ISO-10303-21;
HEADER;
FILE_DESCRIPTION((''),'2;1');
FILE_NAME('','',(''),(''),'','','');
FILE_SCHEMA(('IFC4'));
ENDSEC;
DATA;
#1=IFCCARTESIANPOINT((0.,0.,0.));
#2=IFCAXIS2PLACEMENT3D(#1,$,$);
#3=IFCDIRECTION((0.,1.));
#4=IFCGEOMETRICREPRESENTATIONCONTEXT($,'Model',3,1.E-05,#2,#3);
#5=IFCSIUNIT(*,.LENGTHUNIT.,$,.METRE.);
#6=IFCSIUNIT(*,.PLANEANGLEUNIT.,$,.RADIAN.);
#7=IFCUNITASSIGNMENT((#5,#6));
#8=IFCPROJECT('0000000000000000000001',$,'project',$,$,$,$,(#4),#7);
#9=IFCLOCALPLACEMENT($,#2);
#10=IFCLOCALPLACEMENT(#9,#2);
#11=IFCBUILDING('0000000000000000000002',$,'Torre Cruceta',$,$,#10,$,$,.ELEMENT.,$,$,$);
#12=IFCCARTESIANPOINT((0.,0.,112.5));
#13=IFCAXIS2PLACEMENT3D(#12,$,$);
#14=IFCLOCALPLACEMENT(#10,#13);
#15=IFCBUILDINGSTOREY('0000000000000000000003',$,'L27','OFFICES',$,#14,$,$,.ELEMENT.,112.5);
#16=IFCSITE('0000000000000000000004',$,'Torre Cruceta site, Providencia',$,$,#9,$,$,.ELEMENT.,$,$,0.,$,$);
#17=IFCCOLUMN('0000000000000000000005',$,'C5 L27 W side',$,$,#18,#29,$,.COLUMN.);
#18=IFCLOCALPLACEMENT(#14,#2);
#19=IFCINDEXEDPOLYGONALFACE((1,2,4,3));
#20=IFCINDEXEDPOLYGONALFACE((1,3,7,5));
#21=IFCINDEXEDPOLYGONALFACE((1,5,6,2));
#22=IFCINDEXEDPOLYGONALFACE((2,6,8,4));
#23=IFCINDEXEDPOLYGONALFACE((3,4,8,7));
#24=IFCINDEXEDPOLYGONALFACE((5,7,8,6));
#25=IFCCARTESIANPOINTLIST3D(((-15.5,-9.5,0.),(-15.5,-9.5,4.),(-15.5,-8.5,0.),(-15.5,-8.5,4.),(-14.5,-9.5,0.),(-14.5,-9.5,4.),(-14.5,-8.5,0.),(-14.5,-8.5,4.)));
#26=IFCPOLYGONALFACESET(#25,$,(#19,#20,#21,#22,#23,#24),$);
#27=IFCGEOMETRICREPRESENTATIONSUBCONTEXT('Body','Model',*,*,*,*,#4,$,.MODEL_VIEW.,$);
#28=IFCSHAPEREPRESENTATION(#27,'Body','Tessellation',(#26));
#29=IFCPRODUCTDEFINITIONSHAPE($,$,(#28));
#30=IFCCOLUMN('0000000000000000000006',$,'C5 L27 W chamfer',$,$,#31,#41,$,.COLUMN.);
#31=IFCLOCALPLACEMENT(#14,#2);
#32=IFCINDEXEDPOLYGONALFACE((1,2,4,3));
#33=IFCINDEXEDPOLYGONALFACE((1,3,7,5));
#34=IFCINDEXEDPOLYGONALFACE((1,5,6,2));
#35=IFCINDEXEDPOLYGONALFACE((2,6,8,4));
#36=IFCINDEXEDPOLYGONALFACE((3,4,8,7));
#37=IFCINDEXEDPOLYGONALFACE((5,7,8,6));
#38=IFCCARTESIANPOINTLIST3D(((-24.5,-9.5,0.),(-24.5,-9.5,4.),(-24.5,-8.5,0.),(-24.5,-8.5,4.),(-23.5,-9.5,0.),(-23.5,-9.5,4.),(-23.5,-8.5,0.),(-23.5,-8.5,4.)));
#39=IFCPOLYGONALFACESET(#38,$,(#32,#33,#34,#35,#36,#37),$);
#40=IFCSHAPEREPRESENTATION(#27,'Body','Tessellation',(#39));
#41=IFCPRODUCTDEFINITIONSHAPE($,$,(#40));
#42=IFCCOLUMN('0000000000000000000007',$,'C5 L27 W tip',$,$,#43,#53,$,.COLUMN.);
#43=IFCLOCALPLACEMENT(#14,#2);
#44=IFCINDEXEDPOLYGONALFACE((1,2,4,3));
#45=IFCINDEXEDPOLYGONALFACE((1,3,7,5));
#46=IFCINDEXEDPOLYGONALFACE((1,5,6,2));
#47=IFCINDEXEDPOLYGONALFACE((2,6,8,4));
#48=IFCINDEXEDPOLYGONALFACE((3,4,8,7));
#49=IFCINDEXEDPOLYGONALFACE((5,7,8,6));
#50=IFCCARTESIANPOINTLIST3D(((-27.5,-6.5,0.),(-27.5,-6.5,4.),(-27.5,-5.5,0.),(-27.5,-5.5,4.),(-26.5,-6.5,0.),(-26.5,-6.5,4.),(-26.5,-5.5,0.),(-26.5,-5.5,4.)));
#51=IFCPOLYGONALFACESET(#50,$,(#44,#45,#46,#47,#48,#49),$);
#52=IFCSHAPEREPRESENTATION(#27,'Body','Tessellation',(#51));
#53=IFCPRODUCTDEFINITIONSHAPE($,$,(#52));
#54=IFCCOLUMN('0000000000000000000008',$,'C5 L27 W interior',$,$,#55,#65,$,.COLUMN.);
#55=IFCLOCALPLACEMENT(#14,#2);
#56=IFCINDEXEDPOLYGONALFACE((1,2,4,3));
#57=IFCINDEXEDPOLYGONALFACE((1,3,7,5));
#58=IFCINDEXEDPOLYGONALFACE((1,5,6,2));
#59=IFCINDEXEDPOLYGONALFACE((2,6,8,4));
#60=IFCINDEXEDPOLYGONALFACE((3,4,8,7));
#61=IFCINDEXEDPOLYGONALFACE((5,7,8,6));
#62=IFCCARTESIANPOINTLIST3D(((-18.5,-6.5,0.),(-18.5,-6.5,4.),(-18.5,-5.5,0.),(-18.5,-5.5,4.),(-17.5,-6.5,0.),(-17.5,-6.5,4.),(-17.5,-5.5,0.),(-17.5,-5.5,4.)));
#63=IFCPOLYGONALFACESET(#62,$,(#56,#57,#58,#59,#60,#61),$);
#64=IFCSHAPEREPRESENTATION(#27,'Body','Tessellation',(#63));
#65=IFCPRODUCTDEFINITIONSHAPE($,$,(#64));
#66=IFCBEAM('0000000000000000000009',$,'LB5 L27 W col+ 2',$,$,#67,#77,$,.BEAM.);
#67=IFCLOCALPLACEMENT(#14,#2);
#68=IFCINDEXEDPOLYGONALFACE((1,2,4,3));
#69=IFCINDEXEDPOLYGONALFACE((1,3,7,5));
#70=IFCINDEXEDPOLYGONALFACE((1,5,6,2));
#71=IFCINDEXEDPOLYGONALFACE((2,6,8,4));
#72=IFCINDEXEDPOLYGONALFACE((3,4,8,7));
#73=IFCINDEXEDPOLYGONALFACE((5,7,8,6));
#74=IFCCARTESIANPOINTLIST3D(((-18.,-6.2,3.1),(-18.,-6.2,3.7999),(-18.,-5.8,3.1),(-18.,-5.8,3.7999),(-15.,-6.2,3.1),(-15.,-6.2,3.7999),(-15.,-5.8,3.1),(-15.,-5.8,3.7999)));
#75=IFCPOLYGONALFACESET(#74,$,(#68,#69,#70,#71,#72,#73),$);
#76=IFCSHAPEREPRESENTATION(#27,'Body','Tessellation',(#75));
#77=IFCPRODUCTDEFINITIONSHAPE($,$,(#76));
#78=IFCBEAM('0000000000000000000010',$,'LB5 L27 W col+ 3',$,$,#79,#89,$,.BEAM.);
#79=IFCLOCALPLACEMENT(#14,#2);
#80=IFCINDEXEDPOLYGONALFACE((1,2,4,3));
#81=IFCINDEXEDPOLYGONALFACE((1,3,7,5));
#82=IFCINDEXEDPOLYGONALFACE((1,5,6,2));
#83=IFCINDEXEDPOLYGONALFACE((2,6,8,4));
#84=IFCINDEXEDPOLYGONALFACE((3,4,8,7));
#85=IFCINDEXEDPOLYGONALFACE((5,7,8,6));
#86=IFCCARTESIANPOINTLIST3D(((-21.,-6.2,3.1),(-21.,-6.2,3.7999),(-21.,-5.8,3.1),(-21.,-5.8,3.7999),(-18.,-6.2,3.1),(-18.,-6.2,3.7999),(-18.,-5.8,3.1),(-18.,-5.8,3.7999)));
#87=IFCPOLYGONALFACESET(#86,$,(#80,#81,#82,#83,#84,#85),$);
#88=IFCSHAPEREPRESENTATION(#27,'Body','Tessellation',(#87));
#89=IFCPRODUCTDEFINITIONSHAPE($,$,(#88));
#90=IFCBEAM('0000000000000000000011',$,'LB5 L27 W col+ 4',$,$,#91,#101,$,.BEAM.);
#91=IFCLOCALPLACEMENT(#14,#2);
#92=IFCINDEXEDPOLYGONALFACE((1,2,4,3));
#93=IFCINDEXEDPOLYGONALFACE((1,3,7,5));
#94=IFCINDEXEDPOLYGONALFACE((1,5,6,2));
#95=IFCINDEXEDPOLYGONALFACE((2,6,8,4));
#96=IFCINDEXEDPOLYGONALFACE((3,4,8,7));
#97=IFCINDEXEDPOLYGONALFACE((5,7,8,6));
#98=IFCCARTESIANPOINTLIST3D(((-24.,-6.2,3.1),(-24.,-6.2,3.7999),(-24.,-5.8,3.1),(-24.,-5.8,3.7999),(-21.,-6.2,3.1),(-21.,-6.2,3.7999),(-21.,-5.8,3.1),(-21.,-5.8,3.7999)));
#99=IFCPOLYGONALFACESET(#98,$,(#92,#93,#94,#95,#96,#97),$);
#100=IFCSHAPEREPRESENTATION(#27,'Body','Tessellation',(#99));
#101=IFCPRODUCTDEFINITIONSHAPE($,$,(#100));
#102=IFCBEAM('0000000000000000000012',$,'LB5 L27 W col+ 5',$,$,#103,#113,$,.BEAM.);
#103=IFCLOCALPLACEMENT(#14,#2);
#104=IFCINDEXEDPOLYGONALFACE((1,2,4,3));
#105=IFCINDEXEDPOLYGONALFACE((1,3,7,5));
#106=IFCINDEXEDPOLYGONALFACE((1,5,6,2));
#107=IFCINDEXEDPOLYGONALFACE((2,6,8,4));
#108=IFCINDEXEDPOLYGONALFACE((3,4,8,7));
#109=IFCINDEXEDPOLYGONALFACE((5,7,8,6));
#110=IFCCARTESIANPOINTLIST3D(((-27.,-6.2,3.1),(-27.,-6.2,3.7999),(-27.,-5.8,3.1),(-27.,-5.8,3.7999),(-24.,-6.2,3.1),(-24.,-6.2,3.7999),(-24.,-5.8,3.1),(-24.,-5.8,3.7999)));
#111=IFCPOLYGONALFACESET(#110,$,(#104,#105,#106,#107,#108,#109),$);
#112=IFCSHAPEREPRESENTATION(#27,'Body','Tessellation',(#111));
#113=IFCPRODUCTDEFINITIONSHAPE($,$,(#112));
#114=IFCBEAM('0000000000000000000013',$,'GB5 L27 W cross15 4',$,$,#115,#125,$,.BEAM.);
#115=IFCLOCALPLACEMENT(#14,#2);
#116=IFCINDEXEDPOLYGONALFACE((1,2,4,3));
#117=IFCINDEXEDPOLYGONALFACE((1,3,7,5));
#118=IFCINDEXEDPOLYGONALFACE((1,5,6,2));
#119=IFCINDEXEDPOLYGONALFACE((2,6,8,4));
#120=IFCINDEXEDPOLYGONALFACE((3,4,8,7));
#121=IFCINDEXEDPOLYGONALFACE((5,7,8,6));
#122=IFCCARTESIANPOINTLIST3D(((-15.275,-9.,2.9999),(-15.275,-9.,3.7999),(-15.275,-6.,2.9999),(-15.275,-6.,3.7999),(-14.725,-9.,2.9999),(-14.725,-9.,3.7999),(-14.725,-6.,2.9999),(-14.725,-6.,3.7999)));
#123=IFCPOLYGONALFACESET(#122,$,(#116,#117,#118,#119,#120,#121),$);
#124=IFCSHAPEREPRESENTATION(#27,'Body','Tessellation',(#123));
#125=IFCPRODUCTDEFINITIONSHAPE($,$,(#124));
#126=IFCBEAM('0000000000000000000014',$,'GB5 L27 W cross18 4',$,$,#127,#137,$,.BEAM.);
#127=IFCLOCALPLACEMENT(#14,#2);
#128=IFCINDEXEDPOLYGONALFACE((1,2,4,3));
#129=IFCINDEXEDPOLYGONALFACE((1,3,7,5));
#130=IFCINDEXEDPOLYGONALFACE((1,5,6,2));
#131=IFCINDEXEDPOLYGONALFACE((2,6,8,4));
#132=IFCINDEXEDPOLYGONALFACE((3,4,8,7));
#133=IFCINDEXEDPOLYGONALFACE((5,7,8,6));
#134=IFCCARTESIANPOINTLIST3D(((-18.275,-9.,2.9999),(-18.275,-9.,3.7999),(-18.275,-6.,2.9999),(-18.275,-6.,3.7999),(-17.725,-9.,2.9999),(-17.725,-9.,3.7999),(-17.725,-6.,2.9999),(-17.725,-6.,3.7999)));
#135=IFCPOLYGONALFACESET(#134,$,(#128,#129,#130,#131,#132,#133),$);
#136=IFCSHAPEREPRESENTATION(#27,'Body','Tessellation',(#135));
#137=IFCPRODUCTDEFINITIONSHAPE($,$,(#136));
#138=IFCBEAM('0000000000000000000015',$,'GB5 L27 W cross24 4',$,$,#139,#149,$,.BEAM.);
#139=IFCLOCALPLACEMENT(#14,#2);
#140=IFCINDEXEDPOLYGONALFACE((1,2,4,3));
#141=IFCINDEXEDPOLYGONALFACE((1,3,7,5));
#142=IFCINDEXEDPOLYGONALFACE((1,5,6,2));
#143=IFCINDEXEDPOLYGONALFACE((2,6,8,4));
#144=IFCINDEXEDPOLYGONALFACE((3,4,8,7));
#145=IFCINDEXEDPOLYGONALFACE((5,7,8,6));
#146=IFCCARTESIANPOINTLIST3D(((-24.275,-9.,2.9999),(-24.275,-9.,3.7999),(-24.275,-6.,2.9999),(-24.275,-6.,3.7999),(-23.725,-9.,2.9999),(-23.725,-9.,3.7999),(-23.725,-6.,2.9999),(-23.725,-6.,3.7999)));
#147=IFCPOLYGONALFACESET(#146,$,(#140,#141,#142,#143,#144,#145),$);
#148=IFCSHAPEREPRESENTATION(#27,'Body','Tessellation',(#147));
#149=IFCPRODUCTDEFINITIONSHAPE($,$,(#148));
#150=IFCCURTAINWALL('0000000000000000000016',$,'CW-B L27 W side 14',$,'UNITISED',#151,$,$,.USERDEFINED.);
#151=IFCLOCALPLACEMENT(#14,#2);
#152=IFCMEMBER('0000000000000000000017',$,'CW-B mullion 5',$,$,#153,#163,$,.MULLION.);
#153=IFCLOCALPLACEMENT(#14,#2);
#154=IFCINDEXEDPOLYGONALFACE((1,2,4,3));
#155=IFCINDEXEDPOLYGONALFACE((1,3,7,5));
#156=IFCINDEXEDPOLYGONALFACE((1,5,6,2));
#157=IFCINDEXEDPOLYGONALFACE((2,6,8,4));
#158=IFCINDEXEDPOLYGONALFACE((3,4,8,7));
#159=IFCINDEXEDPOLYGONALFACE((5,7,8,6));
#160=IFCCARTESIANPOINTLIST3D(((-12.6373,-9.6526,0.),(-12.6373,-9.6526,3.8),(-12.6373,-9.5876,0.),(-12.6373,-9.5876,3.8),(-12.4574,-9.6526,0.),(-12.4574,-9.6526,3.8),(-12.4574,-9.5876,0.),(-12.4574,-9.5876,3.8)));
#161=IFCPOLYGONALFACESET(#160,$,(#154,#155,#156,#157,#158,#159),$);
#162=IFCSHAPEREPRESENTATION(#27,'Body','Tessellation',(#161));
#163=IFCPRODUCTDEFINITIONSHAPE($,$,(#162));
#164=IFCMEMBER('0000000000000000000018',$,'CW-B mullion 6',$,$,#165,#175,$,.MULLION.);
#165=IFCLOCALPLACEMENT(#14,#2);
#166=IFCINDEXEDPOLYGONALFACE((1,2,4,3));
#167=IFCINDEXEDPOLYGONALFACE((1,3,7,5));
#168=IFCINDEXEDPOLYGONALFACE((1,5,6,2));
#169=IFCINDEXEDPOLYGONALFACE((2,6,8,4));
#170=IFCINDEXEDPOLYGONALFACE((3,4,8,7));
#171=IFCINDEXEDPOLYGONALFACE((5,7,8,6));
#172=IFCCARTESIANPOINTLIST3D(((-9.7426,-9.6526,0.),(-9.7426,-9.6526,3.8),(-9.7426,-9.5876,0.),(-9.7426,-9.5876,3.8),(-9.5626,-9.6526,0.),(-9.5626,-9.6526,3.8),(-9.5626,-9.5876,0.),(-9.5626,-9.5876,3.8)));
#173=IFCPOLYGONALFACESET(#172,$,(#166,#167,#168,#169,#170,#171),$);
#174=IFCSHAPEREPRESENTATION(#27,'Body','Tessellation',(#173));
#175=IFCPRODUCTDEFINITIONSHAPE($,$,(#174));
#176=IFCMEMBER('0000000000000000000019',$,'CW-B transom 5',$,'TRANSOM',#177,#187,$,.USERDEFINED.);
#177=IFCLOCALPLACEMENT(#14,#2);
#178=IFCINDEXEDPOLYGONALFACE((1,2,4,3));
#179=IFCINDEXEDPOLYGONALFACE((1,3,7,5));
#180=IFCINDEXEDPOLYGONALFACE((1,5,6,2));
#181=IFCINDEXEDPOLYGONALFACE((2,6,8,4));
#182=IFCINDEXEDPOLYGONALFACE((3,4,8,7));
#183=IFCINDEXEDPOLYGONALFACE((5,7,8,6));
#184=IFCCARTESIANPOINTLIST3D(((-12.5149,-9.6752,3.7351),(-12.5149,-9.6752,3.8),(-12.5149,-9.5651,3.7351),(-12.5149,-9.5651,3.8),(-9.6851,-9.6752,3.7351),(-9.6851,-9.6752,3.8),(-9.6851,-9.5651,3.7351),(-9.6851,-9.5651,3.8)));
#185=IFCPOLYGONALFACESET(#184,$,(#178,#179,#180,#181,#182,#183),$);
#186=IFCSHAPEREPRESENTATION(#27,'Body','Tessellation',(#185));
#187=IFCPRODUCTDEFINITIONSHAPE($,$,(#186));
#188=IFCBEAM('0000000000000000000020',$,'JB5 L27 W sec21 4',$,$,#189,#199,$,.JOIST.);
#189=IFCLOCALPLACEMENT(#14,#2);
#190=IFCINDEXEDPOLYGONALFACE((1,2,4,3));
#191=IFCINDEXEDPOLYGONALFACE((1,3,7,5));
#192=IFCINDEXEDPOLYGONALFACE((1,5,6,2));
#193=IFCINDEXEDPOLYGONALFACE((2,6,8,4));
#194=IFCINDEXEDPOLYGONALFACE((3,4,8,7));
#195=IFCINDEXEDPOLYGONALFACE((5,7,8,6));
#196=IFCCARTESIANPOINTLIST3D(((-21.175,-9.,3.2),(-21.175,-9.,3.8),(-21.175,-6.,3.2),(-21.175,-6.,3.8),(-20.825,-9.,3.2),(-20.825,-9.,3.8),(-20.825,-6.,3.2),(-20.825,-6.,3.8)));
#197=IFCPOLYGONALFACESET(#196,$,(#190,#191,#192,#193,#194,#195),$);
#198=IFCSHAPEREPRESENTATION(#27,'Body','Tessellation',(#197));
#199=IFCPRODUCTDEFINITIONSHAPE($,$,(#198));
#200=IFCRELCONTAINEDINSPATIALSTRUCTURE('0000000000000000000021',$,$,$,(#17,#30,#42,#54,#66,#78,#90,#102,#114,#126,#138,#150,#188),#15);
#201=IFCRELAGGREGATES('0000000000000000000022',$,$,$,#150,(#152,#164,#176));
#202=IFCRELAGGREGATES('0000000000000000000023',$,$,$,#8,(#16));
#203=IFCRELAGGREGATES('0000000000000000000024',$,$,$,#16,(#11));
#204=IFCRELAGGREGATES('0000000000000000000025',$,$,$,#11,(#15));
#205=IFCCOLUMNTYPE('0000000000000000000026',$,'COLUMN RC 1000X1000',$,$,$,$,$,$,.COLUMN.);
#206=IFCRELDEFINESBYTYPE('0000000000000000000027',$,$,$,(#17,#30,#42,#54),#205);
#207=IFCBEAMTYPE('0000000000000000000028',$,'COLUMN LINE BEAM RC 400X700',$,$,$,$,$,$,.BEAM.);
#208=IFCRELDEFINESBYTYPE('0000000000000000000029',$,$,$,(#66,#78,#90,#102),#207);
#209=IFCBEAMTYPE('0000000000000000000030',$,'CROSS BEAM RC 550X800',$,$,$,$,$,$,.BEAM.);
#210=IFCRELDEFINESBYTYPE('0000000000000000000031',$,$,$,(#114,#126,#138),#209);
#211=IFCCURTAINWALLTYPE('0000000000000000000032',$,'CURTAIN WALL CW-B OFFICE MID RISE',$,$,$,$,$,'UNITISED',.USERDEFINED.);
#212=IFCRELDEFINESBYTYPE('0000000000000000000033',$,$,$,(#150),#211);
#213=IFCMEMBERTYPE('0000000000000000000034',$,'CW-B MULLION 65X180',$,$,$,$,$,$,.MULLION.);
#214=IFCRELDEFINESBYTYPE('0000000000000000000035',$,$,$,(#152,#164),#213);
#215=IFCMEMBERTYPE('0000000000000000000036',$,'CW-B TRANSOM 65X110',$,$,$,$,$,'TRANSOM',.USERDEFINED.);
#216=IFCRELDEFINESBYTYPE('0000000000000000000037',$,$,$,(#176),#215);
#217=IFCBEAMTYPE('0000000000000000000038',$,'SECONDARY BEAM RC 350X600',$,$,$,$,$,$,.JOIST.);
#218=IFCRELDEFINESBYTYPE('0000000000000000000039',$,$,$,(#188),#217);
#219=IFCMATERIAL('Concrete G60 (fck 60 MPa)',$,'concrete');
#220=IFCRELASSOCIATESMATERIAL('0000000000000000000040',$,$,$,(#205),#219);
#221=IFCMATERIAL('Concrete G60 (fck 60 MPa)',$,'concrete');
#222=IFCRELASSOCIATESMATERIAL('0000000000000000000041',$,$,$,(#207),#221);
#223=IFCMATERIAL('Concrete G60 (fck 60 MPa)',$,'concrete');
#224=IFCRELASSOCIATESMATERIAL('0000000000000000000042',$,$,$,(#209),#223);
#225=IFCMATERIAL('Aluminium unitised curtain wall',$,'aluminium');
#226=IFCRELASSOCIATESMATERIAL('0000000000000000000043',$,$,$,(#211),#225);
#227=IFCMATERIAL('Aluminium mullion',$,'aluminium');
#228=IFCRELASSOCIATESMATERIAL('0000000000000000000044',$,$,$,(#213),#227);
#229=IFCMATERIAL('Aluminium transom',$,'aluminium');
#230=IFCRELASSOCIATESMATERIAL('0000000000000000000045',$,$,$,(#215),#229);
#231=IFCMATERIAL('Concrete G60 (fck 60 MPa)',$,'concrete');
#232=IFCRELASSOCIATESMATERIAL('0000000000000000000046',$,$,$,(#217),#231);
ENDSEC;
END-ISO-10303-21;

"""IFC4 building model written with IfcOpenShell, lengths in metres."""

from ifc_helpers import new_model, si_unit, direction, frame, origin, origin_2d, place, context, subcontext, project, spatial, rectangle, extrude, material, material_profile, profile_set, type_object, element, aggregate, save


model = new_model("IFC4")

# Units and contexts
model_context = context("Model", 3, precision=1e-05, world=origin(), true_north=direction((0.0, 1.0)))
body_context = subcontext(model_context, "Body", "Model", "MODEL_VIEW")
ifc_project = project(units=[si_unit("LENGTHUNIT", "METRE"), si_unit("PLANEANGLEUNIT", "RADIAN")], contexts=[model_context])

# Site, building, storey
site_placement = place(None, origin())
site = spatial("IfcSite", under=ifc_project, at=site_placement, Name="Torre Cruceta site, Providencia", CompositionType="ELEMENT", RefElevation=0.0)
building_placement = place(site_placement, origin())
building = spatial("IfcBuilding", under=site, at=building_placement, Name="Torre Cruceta", CompositionType="ELEMENT")
storey_placement = place(building_placement, frame((0.0, 0.0, 112.5)))
storey = spatial("IfcBuildingStorey", under=building, at=storey_placement, Name="L27", Description="OFFICES", CompositionType="ELEMENT", Elevation=112.5)

# Columns
ifc_material_1 = material(Name="Concrete G60 (fck 60 MPa)", Category="concrete")
ifc_material_profile_1 = material_profile(ifc_material_1, rectangle(XDim=1.0, YDim=1.0, at=origin_2d()), Name="RC 1000X1000")
ifc_profile_set_1 = profile_set([ifc_material_profile_1], Name="Concrete G60 (fck 60 MPa)")
column_type = type_object("IfcColumnType", Name="COLUMN RC 1000X1000", PredefinedType="COLUMN", material=ifc_profile_set_1)
for number, where, z_axis, x_axis, name in (
    (1, (-15.0, -9.0, 0.0), (0.0, 0.0, 1.0), (1.0, 0.0, 0.0), "C5 L27 W side"),
    (2, (-24.0, -9.0, 0.0), (0.0, 0.0, 1.0), (1.0, 0.0, 0.0), "C5 L27 W chamfer"),
    (3, (-27.0, -6.0, 0.0), (0.0, 0.0, 1.0), (1.0, 0.0, 0.0), "C5 L27 W tip"),
    (4, (-18.0, -6.0, 0.0), (0.0, 0.0, 1.0), (1.0, 0.0, 0.0), "C5 L27 W interior"),
):
    element("IfcColumn", number, at=place(storey_placement, frame(where, z_axis=z_axis, x_axis=x_axis)), inside=storey, type_object=column_type, Name=name, PredefinedType="COLUMN", context=body_context, shape_type="SweptSolid", body=[
        extrude(rectangle(XDim=1.0, YDim=1.0, at=origin_2d()), origin(), (0.0, 0.0, 1.0), 4.0),
    ])

# Beams
ifc_material_2 = material(Name="Concrete G60 (fck 60 MPa)", Category="concrete")
ifc_material_profile_2 = material_profile(ifc_material_2, rectangle(XDim=0.3999, YDim=0.7, at=origin_2d()), Name="RC 400X700")
ifc_profile_set_2 = profile_set([ifc_material_profile_2], Name="Concrete G60 (fck 60 MPa)")
beam_type_1 = type_object("IfcBeamType", Name="COLUMN LINE BEAM RC 400X700", PredefinedType="BEAM", material=ifc_profile_set_2)
for number, where, z_axis, x_axis, name in (
    (5, (-15.0, -6.0, 3.45), (-1.0, 0.0, 0.0), (0.0, -1.0, 0.0), "LB5 L27 W col+ 2"),
    (6, (-18.0, -6.0, 3.45), (-1.0, 0.0, 0.0), (0.0, -1.0, 0.0), "LB5 L27 W col+ 3"),
    (7, (-21.0, -6.0, 3.45), (-1.0, 0.0, 0.0), (0.0, -1.0, 0.0), "LB5 L27 W col+ 4"),
    (8, (-24.0, -6.0, 3.45), (-1.0, 0.0, 0.0), (0.0, -1.0, 0.0), "LB5 L27 W col+ 5"),
):
    element("IfcBeam", number, at=place(storey_placement, frame(where, z_axis=z_axis, x_axis=x_axis)), inside=storey, type_object=beam_type_1, Name=name, PredefinedType="BEAM", context=body_context, shape_type="SweptSolid", body=[
        extrude(rectangle(XDim=0.3999, YDim=0.7, at=origin_2d()), origin(), (0.0, 0.0, 1.0), 3.0),
    ])
ifc_material_3 = material(Name="Concrete G60 (fck 60 MPa)", Category="concrete")
ifc_material_profile_3 = material_profile(ifc_material_3, rectangle(XDim=0.55, YDim=0.8, at=origin_2d()), Name="RC 550X800")
ifc_profile_set_3 = profile_set([ifc_material_profile_3], Name="Concrete G60 (fck 60 MPa)")
beam_type_2 = type_object("IfcBeamType", Name="CROSS BEAM RC 550X800", PredefinedType="BEAM", material=ifc_profile_set_3)
for number, where, z_axis, x_axis, name in (
    (9, (-15.0, -6.0, 3.3999), (0.0, -1.0, 0.0), (1.0, 0.0, 0.0), "GB5 L27 W cross15 4"),
    (10, (-18.0, -6.0, 3.3999), (0.0, -1.0, 0.0), (1.0, 0.0, 0.0), "GB5 L27 W cross18 4"),
    (11, (-24.0, -6.0, 3.3999), (0.0, -1.0, 0.0), (1.0, 0.0, 0.0), "GB5 L27 W cross24 4"),
):
    element("IfcBeam", number, at=place(storey_placement, frame(where, z_axis=z_axis, x_axis=x_axis)), inside=storey, type_object=beam_type_2, Name=name, PredefinedType="BEAM", context=body_context, shape_type="SweptSolid", body=[
        extrude(rectangle(XDim=0.55, YDim=0.8, at=origin_2d()), origin(), (0.0, 0.0, 1.0), 3.0),
    ])

# Curtain wall, members
ifc_material_4 = material(Name="Aluminium unitised curtain wall", Category="aluminium")
curtain_wall_type = type_object("IfcCurtainWallType", Name="CURTAIN WALL CW-B OFFICE MID RISE", ElementType="UNITISED", PredefinedType="USERDEFINED", material=ifc_material_4)
curtain_wall_placement = place(storey_placement, origin())
curtain_wall = element("IfcCurtainWall", 12, at=curtain_wall_placement, inside=storey, type_object=curtain_wall_type, Name="CW-B L27 W side 14", ObjectType="UNITISED", PredefinedType="USERDEFINED")
ifc_material_5 = material(Name="Aluminium mullion", Category="aluminium")
ifc_material_profile_4 = material_profile(ifc_material_5, rectangle(XDim=0.0649, YDim=0.1799, at=origin_2d()), Name="AL 65X180")
ifc_profile_set_4 = profile_set([ifc_material_profile_4], Name="Aluminium mullion")
member_type_1 = type_object("IfcMemberType", Name="CW-B MULLION 65X180", PredefinedType="MULLION", material=ifc_profile_set_4)
member_1_placement = place(storey_placement, frame((-12.5474, -9.6201, 0.0), z_axis=(0.0, 0.0, 1.0), x_axis=(0.0, 1.0, 0.0)))
member_1 = element("IfcMember", 13, at=member_1_placement, type_object=member_type_1, Name="CW-B mullion 5", PredefinedType="MULLION", context=body_context, shape_type="SweptSolid", body=[
    extrude(rectangle(XDim=0.0649, YDim=0.1799, at=origin_2d()), origin(), (0.0, 0.0, 1.0), 3.8),
])
member_2_placement = place(storey_placement, frame((-9.6526, -9.6201, 0.0), z_axis=(0.0, 0.0, 1.0), x_axis=(0.0, 1.0, 0.0)))
member_2 = element("IfcMember", 14, at=member_2_placement, type_object=member_type_1, Name="CW-B mullion 6", PredefinedType="MULLION", context=body_context, shape_type="SweptSolid", body=[
    extrude(rectangle(XDim=0.0649, YDim=0.1799, at=origin_2d()), origin(), (0.0, 0.0, 1.0), 3.8),
])
ifc_material_6 = material(Name="Aluminium transom", Category="aluminium")
ifc_material_profile_5 = material_profile(ifc_material_6, rectangle(XDim=0.1101, YDim=0.0649, at=origin_2d()), Name="AL 110X65")
ifc_profile_set_5 = profile_set([ifc_material_profile_5], Name="Aluminium transom")
member_type_2 = type_object("IfcMemberType", Name="CW-B TRANSOM 65X110", ElementType="TRANSOM", PredefinedType="USERDEFINED", material=ifc_profile_set_5)
member_3_placement = place(storey_placement, frame((-12.5149, -9.6201, 3.7676), z_axis=(1.0, 0.0, 0.0), x_axis=(0.0, 1.0, 0.0)))
member_3 = element("IfcMember", 15, at=member_3_placement, type_object=member_type_2, Name="CW-B transom 5", ObjectType="TRANSOM", PredefinedType="USERDEFINED", context=body_context, shape_type="SweptSolid", body=[
    extrude(rectangle(XDim=0.1101, YDim=0.0649, at=origin_2d()), origin(), (0.0, 0.0, 1.0), 2.8298),
])

# Beam
ifc_material_7 = material(Name="Concrete G60 (fck 60 MPa)", Category="concrete")
ifc_material_profile_6 = material_profile(ifc_material_7, rectangle(XDim=0.3501, YDim=0.6001, at=origin_2d()), Name="RC 350X600")
ifc_profile_set_6 = profile_set([ifc_material_profile_6], Name="Concrete G60 (fck 60 MPa)")
beam_type_3 = type_object("IfcBeamType", Name="SECONDARY BEAM RC 350X600", PredefinedType="JOIST", material=ifc_profile_set_6)
beam_1_placement = place(storey_placement, frame((-21.0, -6.0, 3.5), z_axis=(0.0, -1.0, 0.0), x_axis=(1.0, 0.0, 0.0)))
element("IfcBeam", 16, at=beam_1_placement, inside=storey, type_object=beam_type_3, Name="JB5 L27 W sec21 4", PredefinedType="JOIST", context=body_context, shape_type="SweptSolid", body=[
    extrude(rectangle(XDim=0.3501, YDim=0.6001, at=origin_2d()), origin(), (0.0, 0.0, 1.0), 3.0),
])

aggregate(curtain_wall, [member_1, member_2, member_3])

save(model, "model.ifc")
